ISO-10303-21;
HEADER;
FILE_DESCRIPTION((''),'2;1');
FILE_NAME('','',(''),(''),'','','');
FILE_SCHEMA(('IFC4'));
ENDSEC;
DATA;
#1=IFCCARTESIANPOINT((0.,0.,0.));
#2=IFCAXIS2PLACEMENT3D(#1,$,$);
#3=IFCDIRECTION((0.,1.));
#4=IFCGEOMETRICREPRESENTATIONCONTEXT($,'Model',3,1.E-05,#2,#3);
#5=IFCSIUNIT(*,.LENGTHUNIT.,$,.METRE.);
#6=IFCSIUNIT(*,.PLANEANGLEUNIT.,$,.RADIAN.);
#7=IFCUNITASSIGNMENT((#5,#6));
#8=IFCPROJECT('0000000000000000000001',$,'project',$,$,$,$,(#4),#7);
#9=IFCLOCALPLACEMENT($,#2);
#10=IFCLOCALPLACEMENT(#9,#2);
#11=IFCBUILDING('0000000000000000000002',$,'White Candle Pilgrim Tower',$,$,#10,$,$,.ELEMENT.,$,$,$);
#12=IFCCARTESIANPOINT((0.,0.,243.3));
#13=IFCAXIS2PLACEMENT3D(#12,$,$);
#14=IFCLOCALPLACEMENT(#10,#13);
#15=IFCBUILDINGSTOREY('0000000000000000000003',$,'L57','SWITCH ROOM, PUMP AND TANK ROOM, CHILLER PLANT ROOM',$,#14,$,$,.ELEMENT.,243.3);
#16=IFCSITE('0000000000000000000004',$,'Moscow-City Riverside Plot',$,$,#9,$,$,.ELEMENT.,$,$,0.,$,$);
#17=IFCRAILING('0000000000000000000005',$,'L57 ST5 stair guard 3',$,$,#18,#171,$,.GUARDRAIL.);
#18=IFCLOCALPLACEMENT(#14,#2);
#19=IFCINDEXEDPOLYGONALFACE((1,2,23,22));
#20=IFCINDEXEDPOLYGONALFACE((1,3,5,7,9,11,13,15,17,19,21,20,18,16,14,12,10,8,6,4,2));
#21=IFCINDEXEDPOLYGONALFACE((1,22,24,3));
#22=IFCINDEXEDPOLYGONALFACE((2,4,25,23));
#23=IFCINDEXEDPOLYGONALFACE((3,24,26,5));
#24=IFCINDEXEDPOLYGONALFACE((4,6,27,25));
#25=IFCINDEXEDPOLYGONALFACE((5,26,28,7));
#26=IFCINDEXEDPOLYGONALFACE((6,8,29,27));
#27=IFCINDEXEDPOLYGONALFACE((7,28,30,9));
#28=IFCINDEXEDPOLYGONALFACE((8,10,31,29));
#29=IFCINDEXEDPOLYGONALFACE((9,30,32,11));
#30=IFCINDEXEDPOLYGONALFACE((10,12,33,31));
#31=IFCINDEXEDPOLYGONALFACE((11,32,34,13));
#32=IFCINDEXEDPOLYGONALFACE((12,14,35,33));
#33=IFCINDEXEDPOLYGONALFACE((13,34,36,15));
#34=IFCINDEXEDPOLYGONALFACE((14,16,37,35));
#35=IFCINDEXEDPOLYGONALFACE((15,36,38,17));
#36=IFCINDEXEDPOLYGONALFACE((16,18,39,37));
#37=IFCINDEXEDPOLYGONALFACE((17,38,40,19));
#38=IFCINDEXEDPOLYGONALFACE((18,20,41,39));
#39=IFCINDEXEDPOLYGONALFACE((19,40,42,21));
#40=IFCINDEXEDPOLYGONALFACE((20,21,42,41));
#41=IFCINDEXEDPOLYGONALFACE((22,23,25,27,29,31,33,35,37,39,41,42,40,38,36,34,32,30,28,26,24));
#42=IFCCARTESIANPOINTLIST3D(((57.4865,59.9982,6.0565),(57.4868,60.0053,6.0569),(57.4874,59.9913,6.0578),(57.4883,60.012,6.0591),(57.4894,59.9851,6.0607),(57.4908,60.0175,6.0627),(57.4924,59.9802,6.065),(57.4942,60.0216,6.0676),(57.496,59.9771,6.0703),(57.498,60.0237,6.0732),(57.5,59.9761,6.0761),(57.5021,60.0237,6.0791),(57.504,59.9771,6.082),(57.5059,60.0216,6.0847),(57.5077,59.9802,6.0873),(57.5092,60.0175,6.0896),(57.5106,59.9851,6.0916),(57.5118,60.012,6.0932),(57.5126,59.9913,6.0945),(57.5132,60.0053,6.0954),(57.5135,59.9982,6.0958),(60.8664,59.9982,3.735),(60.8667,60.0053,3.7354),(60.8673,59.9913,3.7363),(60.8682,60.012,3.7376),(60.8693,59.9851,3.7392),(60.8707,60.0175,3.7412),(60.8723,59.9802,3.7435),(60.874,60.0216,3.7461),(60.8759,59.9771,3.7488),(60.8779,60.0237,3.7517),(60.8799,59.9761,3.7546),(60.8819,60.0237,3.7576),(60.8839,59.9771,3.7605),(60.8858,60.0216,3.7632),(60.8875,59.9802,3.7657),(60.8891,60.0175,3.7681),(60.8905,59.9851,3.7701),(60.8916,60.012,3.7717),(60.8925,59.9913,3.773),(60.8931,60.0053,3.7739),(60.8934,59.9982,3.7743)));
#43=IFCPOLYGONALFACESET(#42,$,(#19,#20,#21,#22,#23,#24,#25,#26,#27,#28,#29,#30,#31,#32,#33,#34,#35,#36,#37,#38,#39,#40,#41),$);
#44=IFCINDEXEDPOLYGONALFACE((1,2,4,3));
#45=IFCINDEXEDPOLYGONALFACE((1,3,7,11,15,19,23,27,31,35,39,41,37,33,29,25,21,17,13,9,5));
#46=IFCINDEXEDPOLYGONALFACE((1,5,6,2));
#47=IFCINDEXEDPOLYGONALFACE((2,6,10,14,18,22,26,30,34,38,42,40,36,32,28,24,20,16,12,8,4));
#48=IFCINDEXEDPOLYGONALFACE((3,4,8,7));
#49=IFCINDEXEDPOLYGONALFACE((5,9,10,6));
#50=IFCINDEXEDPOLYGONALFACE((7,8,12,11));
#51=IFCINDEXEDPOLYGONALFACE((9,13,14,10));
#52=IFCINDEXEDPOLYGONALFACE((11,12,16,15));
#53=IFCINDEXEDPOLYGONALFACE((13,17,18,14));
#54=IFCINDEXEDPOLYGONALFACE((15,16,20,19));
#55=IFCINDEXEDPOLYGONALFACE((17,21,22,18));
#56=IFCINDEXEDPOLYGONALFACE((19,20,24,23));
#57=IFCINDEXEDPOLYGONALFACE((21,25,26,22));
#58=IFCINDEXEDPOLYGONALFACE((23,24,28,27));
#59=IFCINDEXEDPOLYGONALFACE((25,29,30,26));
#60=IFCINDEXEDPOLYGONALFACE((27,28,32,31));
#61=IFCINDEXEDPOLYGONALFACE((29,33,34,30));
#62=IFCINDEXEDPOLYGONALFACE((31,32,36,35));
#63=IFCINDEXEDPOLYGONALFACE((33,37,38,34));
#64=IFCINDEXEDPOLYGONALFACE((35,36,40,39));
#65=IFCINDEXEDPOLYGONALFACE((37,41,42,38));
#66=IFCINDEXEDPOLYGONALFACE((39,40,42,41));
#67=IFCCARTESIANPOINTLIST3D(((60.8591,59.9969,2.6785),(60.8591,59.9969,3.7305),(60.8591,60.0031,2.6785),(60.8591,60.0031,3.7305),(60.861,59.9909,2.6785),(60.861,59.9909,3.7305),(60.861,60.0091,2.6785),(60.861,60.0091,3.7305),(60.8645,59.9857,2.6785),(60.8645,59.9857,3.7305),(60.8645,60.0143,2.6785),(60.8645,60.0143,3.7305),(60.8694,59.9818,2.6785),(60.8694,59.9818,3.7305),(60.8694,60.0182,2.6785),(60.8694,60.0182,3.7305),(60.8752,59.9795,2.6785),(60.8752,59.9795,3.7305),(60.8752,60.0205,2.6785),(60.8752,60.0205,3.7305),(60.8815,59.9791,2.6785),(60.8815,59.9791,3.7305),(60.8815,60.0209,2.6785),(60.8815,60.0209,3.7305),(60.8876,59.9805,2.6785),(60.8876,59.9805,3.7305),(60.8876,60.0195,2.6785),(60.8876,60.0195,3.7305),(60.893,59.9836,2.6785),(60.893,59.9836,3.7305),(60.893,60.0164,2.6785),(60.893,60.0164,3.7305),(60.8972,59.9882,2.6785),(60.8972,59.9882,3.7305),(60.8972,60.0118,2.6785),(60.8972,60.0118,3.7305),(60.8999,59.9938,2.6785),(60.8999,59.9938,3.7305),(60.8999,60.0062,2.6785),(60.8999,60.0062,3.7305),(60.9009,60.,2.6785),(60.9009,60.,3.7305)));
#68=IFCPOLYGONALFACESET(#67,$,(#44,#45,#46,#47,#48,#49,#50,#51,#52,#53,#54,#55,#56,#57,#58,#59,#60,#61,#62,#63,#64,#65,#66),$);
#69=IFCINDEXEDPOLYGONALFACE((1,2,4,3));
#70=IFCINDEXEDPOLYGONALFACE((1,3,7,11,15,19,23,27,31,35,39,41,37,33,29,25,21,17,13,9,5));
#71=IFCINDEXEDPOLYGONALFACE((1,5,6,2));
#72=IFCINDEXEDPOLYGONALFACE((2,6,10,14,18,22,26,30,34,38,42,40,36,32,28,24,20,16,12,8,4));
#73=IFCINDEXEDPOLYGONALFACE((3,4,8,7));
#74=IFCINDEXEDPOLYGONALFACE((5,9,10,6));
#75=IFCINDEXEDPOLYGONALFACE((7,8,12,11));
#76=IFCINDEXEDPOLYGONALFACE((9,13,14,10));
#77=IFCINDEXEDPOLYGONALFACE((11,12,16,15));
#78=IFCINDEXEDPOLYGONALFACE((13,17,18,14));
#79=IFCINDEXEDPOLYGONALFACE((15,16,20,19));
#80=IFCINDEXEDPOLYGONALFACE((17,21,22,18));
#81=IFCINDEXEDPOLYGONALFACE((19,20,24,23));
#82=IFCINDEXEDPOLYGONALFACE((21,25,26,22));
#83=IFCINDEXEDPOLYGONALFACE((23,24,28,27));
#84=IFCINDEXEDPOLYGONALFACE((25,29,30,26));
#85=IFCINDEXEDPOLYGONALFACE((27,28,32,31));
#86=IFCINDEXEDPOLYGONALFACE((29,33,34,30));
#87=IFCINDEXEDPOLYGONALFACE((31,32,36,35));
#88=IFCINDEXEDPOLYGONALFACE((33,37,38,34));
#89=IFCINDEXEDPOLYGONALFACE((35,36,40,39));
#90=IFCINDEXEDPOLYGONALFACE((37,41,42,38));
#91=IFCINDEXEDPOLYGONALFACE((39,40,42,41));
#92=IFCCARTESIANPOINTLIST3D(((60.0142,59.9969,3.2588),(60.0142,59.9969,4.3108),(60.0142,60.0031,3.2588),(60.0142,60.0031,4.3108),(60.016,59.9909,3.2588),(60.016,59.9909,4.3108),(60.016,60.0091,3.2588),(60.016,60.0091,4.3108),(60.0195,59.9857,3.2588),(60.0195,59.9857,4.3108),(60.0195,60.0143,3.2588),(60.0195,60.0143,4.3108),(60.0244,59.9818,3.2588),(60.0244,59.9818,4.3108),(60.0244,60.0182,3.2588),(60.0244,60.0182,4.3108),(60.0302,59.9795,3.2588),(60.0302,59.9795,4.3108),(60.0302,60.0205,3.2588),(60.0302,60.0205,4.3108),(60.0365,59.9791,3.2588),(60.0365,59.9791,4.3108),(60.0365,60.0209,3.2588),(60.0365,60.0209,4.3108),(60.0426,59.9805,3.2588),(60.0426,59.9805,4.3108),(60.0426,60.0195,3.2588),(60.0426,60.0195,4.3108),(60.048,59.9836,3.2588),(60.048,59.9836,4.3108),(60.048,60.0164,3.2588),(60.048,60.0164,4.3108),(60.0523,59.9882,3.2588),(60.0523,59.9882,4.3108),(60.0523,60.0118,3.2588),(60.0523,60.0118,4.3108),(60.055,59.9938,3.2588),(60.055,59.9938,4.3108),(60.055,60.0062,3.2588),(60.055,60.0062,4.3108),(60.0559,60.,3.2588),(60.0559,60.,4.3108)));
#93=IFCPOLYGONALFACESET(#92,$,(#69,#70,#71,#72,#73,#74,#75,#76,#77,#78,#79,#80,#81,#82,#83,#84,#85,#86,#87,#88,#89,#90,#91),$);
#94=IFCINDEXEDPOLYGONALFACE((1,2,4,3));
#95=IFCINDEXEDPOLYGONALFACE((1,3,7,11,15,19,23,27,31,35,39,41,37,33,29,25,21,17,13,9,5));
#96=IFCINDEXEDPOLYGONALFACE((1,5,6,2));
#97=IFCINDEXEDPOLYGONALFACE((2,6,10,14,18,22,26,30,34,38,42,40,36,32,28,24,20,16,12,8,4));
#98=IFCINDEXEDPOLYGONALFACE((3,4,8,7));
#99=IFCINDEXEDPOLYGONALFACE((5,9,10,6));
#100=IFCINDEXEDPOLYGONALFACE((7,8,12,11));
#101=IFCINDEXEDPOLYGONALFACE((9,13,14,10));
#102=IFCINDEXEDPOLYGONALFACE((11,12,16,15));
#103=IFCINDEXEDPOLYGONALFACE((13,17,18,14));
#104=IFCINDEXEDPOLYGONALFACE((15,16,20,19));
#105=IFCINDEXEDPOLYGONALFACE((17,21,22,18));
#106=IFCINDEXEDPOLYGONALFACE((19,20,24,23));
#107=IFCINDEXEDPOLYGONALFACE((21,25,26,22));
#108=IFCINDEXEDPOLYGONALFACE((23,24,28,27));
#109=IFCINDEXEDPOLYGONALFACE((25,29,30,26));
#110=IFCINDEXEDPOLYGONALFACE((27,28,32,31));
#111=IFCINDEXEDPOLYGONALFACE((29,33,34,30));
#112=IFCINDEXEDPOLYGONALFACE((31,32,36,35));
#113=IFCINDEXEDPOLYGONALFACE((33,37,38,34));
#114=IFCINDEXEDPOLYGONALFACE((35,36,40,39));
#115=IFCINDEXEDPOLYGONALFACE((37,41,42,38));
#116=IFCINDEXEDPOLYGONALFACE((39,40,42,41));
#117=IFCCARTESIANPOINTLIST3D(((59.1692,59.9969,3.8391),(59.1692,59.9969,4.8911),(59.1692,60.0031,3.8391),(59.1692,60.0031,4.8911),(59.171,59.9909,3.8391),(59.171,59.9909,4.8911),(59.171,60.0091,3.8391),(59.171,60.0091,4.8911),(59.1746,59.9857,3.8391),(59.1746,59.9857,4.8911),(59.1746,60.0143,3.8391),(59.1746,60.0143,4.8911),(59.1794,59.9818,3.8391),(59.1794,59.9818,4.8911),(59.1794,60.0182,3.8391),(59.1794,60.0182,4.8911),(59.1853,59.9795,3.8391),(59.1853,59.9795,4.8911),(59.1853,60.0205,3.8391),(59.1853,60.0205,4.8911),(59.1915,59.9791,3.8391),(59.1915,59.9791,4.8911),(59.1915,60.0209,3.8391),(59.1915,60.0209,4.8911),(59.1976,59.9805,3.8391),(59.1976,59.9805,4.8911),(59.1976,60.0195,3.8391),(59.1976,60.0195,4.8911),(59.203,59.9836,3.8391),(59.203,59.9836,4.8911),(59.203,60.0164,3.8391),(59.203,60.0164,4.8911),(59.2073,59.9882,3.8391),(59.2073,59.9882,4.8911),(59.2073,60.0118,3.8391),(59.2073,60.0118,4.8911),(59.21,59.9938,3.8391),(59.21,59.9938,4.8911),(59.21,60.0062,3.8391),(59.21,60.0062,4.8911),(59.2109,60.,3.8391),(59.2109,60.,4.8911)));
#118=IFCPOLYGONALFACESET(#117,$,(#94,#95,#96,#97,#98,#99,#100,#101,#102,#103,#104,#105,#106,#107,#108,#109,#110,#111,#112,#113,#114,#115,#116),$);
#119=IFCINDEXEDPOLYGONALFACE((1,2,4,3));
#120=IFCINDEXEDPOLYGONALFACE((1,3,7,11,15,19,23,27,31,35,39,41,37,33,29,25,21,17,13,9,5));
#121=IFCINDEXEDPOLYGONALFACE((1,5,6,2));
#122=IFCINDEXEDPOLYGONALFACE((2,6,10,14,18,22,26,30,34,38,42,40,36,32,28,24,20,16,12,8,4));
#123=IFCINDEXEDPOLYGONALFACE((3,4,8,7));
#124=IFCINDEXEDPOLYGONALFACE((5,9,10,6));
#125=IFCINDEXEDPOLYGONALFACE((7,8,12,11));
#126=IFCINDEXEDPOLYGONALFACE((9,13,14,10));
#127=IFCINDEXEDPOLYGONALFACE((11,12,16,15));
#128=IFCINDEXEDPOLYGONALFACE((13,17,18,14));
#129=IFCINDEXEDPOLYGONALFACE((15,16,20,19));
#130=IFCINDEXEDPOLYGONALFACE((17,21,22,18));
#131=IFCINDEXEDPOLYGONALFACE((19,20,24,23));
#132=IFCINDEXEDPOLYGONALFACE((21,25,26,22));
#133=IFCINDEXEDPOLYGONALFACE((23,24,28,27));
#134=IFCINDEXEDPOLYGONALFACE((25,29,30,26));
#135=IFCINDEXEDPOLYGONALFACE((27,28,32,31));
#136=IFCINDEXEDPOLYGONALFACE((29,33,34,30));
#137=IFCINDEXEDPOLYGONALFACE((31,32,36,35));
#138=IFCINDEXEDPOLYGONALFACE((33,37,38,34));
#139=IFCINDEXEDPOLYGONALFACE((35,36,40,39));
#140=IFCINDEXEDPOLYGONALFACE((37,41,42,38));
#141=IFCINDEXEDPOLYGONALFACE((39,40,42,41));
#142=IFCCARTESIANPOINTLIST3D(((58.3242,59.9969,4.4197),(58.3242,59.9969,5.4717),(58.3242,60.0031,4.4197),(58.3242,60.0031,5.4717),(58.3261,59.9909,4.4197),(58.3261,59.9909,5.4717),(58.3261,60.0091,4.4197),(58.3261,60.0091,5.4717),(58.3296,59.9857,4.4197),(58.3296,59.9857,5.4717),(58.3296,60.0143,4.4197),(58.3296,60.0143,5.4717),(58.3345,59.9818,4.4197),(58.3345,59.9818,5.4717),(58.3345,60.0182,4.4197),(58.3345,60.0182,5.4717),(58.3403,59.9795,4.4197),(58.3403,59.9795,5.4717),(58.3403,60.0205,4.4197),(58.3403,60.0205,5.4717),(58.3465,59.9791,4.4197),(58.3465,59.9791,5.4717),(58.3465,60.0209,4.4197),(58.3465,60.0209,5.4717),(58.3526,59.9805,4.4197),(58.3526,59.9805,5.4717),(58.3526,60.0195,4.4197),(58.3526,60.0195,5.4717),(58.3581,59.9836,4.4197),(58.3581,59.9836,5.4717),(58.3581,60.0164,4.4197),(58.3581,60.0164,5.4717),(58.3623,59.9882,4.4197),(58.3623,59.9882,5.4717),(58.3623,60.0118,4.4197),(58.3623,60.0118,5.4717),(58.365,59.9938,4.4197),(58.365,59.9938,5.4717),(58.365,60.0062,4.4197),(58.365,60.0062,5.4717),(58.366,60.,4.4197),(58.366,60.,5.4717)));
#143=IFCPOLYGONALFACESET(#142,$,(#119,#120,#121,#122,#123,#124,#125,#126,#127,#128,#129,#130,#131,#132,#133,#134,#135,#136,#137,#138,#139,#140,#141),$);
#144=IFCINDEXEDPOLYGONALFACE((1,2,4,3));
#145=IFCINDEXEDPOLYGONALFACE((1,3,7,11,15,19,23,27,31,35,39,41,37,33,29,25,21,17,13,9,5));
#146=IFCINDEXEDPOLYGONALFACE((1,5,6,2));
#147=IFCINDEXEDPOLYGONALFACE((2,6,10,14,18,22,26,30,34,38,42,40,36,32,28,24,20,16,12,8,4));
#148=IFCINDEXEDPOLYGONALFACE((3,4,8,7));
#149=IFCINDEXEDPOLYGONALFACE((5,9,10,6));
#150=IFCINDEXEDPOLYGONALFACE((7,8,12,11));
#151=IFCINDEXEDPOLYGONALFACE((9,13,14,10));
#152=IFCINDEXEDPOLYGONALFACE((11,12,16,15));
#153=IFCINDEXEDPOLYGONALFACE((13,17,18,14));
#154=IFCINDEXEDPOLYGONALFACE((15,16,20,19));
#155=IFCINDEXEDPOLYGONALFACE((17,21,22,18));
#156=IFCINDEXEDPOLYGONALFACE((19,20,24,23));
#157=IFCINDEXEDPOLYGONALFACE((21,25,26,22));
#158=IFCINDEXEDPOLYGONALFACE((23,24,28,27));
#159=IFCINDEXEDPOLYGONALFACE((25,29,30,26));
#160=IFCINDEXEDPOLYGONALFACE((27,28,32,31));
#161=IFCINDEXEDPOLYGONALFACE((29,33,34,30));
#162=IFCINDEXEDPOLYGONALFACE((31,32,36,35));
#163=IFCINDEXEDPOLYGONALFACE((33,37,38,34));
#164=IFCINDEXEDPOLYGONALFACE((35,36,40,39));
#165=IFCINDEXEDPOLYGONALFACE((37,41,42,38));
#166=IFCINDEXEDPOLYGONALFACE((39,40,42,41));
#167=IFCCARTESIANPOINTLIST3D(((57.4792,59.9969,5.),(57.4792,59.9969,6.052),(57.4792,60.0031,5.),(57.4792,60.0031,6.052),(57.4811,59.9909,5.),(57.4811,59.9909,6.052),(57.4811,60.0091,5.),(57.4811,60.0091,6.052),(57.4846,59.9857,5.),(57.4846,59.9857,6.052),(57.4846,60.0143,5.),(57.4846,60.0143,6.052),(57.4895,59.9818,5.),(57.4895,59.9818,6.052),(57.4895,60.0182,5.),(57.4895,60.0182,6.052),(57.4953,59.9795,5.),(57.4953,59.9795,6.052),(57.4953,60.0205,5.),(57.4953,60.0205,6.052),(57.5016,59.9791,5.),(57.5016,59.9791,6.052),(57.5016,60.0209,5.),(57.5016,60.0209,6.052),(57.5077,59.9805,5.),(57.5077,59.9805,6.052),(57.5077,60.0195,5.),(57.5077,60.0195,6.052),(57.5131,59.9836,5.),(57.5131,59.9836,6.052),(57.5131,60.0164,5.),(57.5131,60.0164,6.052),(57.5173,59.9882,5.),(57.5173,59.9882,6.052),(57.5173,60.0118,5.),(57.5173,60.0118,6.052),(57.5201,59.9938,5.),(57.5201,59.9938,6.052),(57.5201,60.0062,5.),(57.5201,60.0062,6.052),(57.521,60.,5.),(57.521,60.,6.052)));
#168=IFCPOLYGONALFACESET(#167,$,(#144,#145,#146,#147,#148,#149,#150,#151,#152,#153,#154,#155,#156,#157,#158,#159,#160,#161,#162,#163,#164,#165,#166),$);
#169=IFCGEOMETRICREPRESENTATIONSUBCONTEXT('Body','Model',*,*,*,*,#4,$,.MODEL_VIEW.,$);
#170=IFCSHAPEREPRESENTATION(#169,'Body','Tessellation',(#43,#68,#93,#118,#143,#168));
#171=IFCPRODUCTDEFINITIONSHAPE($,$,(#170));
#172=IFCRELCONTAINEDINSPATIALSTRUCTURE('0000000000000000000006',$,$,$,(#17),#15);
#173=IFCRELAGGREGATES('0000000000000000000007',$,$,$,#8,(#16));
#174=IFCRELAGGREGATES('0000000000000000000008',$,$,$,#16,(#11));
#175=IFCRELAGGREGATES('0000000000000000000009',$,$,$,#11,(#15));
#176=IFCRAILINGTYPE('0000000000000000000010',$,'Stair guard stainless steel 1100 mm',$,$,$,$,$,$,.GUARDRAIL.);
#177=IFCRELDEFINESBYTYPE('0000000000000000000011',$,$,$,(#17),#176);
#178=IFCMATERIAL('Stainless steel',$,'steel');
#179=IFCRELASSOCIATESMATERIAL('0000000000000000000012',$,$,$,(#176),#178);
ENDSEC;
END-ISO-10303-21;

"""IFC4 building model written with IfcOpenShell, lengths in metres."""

from ifc_helpers import new_model, si_unit, direction, frame, origin, origin_2d, place, context, subcontext, project, spatial, circle, extrude, material, type_object, element, save


model = new_model("IFC4")

# Units and contexts
model_context = context("Model", 3, precision=1e-05, world=origin(), true_north=direction((0.0, 1.0)))
body_context = subcontext(model_context, "Body", "Model", "MODEL_VIEW")
ifc_project = project(units=[si_unit("LENGTHUNIT", "METRE"), si_unit("PLANEANGLEUNIT", "RADIAN")], contexts=[model_context])

# Site, building, storey
site_placement = place(None, origin())
site = spatial("IfcSite", under=ifc_project, at=site_placement, Name="Moscow-City Riverside Plot", CompositionType="ELEMENT", RefElevation=0.0)
building_placement = place(site_placement, origin())
building = spatial("IfcBuilding", under=site, at=building_placement, Name="White Candle Pilgrim Tower", CompositionType="ELEMENT")
storey_placement = place(building_placement, frame((0.0, 0.0, 243.3)))
storey = spatial("IfcBuildingStorey", under=building, at=storey_placement, Name="L57", Description="SWITCH ROOM, PUMP AND TANK ROOM, CHILLER PLANT ROOM", CompositionType="ELEMENT", Elevation=243.3)

# Railing
ifc_material_1 = material(Name="Stainless steel", Category="steel")
railing_type_1 = type_object("IfcRailingType", Name="Stair guard stainless steel 1100 mm", PredefinedType="GUARDRAIL", material=ifc_material_1)
railing_1_placement = place(storey_placement, frame((60.8799, 60.0, 2.6785)))
element("IfcRailing", 1, at=railing_1_placement, inside=storey, type_object=railing_type_1, Name="L57 ST5 stair guard 3", PredefinedType="GUARDRAIL", context=body_context, shape_type="SweptSolid", body=[
    extrude(circle(Radius=0.0239, at=origin_2d()), frame((0.0, 0.0, 1.0762), z_axis=(-0.824285, 0.0, 0.566175), x_axis=(0.0, -1.0, 0.0)), (0.0, 0.0, 1.0), 4.1003),
    extrude(circle(Radius=0.021, at=origin_2d()), origin(), (0.0, 0.0, 1.0), 1.052),
    extrude(circle(Radius=0.021, at=origin_2d()), frame((-0.845, 0.0, 0.5803)), (0.0, 0.0, 1.0), 1.052),
    extrude(circle(Radius=0.021, at=origin_2d()), frame((-1.6899, 0.0, 1.1606)), (0.0, 0.0, 1.0), 1.052),
    extrude(circle(Radius=0.021, at=origin_2d()), frame((-2.5349, 0.0, 1.7412)), (0.0, 0.0, 1.0), 1.052),
    extrude(circle(Radius=0.021, at=origin_2d()), frame((-3.3799, 0.0, 2.3215)), (0.0, 0.0, 1.0), 1.052),
])

save(model, "model.ifc")
